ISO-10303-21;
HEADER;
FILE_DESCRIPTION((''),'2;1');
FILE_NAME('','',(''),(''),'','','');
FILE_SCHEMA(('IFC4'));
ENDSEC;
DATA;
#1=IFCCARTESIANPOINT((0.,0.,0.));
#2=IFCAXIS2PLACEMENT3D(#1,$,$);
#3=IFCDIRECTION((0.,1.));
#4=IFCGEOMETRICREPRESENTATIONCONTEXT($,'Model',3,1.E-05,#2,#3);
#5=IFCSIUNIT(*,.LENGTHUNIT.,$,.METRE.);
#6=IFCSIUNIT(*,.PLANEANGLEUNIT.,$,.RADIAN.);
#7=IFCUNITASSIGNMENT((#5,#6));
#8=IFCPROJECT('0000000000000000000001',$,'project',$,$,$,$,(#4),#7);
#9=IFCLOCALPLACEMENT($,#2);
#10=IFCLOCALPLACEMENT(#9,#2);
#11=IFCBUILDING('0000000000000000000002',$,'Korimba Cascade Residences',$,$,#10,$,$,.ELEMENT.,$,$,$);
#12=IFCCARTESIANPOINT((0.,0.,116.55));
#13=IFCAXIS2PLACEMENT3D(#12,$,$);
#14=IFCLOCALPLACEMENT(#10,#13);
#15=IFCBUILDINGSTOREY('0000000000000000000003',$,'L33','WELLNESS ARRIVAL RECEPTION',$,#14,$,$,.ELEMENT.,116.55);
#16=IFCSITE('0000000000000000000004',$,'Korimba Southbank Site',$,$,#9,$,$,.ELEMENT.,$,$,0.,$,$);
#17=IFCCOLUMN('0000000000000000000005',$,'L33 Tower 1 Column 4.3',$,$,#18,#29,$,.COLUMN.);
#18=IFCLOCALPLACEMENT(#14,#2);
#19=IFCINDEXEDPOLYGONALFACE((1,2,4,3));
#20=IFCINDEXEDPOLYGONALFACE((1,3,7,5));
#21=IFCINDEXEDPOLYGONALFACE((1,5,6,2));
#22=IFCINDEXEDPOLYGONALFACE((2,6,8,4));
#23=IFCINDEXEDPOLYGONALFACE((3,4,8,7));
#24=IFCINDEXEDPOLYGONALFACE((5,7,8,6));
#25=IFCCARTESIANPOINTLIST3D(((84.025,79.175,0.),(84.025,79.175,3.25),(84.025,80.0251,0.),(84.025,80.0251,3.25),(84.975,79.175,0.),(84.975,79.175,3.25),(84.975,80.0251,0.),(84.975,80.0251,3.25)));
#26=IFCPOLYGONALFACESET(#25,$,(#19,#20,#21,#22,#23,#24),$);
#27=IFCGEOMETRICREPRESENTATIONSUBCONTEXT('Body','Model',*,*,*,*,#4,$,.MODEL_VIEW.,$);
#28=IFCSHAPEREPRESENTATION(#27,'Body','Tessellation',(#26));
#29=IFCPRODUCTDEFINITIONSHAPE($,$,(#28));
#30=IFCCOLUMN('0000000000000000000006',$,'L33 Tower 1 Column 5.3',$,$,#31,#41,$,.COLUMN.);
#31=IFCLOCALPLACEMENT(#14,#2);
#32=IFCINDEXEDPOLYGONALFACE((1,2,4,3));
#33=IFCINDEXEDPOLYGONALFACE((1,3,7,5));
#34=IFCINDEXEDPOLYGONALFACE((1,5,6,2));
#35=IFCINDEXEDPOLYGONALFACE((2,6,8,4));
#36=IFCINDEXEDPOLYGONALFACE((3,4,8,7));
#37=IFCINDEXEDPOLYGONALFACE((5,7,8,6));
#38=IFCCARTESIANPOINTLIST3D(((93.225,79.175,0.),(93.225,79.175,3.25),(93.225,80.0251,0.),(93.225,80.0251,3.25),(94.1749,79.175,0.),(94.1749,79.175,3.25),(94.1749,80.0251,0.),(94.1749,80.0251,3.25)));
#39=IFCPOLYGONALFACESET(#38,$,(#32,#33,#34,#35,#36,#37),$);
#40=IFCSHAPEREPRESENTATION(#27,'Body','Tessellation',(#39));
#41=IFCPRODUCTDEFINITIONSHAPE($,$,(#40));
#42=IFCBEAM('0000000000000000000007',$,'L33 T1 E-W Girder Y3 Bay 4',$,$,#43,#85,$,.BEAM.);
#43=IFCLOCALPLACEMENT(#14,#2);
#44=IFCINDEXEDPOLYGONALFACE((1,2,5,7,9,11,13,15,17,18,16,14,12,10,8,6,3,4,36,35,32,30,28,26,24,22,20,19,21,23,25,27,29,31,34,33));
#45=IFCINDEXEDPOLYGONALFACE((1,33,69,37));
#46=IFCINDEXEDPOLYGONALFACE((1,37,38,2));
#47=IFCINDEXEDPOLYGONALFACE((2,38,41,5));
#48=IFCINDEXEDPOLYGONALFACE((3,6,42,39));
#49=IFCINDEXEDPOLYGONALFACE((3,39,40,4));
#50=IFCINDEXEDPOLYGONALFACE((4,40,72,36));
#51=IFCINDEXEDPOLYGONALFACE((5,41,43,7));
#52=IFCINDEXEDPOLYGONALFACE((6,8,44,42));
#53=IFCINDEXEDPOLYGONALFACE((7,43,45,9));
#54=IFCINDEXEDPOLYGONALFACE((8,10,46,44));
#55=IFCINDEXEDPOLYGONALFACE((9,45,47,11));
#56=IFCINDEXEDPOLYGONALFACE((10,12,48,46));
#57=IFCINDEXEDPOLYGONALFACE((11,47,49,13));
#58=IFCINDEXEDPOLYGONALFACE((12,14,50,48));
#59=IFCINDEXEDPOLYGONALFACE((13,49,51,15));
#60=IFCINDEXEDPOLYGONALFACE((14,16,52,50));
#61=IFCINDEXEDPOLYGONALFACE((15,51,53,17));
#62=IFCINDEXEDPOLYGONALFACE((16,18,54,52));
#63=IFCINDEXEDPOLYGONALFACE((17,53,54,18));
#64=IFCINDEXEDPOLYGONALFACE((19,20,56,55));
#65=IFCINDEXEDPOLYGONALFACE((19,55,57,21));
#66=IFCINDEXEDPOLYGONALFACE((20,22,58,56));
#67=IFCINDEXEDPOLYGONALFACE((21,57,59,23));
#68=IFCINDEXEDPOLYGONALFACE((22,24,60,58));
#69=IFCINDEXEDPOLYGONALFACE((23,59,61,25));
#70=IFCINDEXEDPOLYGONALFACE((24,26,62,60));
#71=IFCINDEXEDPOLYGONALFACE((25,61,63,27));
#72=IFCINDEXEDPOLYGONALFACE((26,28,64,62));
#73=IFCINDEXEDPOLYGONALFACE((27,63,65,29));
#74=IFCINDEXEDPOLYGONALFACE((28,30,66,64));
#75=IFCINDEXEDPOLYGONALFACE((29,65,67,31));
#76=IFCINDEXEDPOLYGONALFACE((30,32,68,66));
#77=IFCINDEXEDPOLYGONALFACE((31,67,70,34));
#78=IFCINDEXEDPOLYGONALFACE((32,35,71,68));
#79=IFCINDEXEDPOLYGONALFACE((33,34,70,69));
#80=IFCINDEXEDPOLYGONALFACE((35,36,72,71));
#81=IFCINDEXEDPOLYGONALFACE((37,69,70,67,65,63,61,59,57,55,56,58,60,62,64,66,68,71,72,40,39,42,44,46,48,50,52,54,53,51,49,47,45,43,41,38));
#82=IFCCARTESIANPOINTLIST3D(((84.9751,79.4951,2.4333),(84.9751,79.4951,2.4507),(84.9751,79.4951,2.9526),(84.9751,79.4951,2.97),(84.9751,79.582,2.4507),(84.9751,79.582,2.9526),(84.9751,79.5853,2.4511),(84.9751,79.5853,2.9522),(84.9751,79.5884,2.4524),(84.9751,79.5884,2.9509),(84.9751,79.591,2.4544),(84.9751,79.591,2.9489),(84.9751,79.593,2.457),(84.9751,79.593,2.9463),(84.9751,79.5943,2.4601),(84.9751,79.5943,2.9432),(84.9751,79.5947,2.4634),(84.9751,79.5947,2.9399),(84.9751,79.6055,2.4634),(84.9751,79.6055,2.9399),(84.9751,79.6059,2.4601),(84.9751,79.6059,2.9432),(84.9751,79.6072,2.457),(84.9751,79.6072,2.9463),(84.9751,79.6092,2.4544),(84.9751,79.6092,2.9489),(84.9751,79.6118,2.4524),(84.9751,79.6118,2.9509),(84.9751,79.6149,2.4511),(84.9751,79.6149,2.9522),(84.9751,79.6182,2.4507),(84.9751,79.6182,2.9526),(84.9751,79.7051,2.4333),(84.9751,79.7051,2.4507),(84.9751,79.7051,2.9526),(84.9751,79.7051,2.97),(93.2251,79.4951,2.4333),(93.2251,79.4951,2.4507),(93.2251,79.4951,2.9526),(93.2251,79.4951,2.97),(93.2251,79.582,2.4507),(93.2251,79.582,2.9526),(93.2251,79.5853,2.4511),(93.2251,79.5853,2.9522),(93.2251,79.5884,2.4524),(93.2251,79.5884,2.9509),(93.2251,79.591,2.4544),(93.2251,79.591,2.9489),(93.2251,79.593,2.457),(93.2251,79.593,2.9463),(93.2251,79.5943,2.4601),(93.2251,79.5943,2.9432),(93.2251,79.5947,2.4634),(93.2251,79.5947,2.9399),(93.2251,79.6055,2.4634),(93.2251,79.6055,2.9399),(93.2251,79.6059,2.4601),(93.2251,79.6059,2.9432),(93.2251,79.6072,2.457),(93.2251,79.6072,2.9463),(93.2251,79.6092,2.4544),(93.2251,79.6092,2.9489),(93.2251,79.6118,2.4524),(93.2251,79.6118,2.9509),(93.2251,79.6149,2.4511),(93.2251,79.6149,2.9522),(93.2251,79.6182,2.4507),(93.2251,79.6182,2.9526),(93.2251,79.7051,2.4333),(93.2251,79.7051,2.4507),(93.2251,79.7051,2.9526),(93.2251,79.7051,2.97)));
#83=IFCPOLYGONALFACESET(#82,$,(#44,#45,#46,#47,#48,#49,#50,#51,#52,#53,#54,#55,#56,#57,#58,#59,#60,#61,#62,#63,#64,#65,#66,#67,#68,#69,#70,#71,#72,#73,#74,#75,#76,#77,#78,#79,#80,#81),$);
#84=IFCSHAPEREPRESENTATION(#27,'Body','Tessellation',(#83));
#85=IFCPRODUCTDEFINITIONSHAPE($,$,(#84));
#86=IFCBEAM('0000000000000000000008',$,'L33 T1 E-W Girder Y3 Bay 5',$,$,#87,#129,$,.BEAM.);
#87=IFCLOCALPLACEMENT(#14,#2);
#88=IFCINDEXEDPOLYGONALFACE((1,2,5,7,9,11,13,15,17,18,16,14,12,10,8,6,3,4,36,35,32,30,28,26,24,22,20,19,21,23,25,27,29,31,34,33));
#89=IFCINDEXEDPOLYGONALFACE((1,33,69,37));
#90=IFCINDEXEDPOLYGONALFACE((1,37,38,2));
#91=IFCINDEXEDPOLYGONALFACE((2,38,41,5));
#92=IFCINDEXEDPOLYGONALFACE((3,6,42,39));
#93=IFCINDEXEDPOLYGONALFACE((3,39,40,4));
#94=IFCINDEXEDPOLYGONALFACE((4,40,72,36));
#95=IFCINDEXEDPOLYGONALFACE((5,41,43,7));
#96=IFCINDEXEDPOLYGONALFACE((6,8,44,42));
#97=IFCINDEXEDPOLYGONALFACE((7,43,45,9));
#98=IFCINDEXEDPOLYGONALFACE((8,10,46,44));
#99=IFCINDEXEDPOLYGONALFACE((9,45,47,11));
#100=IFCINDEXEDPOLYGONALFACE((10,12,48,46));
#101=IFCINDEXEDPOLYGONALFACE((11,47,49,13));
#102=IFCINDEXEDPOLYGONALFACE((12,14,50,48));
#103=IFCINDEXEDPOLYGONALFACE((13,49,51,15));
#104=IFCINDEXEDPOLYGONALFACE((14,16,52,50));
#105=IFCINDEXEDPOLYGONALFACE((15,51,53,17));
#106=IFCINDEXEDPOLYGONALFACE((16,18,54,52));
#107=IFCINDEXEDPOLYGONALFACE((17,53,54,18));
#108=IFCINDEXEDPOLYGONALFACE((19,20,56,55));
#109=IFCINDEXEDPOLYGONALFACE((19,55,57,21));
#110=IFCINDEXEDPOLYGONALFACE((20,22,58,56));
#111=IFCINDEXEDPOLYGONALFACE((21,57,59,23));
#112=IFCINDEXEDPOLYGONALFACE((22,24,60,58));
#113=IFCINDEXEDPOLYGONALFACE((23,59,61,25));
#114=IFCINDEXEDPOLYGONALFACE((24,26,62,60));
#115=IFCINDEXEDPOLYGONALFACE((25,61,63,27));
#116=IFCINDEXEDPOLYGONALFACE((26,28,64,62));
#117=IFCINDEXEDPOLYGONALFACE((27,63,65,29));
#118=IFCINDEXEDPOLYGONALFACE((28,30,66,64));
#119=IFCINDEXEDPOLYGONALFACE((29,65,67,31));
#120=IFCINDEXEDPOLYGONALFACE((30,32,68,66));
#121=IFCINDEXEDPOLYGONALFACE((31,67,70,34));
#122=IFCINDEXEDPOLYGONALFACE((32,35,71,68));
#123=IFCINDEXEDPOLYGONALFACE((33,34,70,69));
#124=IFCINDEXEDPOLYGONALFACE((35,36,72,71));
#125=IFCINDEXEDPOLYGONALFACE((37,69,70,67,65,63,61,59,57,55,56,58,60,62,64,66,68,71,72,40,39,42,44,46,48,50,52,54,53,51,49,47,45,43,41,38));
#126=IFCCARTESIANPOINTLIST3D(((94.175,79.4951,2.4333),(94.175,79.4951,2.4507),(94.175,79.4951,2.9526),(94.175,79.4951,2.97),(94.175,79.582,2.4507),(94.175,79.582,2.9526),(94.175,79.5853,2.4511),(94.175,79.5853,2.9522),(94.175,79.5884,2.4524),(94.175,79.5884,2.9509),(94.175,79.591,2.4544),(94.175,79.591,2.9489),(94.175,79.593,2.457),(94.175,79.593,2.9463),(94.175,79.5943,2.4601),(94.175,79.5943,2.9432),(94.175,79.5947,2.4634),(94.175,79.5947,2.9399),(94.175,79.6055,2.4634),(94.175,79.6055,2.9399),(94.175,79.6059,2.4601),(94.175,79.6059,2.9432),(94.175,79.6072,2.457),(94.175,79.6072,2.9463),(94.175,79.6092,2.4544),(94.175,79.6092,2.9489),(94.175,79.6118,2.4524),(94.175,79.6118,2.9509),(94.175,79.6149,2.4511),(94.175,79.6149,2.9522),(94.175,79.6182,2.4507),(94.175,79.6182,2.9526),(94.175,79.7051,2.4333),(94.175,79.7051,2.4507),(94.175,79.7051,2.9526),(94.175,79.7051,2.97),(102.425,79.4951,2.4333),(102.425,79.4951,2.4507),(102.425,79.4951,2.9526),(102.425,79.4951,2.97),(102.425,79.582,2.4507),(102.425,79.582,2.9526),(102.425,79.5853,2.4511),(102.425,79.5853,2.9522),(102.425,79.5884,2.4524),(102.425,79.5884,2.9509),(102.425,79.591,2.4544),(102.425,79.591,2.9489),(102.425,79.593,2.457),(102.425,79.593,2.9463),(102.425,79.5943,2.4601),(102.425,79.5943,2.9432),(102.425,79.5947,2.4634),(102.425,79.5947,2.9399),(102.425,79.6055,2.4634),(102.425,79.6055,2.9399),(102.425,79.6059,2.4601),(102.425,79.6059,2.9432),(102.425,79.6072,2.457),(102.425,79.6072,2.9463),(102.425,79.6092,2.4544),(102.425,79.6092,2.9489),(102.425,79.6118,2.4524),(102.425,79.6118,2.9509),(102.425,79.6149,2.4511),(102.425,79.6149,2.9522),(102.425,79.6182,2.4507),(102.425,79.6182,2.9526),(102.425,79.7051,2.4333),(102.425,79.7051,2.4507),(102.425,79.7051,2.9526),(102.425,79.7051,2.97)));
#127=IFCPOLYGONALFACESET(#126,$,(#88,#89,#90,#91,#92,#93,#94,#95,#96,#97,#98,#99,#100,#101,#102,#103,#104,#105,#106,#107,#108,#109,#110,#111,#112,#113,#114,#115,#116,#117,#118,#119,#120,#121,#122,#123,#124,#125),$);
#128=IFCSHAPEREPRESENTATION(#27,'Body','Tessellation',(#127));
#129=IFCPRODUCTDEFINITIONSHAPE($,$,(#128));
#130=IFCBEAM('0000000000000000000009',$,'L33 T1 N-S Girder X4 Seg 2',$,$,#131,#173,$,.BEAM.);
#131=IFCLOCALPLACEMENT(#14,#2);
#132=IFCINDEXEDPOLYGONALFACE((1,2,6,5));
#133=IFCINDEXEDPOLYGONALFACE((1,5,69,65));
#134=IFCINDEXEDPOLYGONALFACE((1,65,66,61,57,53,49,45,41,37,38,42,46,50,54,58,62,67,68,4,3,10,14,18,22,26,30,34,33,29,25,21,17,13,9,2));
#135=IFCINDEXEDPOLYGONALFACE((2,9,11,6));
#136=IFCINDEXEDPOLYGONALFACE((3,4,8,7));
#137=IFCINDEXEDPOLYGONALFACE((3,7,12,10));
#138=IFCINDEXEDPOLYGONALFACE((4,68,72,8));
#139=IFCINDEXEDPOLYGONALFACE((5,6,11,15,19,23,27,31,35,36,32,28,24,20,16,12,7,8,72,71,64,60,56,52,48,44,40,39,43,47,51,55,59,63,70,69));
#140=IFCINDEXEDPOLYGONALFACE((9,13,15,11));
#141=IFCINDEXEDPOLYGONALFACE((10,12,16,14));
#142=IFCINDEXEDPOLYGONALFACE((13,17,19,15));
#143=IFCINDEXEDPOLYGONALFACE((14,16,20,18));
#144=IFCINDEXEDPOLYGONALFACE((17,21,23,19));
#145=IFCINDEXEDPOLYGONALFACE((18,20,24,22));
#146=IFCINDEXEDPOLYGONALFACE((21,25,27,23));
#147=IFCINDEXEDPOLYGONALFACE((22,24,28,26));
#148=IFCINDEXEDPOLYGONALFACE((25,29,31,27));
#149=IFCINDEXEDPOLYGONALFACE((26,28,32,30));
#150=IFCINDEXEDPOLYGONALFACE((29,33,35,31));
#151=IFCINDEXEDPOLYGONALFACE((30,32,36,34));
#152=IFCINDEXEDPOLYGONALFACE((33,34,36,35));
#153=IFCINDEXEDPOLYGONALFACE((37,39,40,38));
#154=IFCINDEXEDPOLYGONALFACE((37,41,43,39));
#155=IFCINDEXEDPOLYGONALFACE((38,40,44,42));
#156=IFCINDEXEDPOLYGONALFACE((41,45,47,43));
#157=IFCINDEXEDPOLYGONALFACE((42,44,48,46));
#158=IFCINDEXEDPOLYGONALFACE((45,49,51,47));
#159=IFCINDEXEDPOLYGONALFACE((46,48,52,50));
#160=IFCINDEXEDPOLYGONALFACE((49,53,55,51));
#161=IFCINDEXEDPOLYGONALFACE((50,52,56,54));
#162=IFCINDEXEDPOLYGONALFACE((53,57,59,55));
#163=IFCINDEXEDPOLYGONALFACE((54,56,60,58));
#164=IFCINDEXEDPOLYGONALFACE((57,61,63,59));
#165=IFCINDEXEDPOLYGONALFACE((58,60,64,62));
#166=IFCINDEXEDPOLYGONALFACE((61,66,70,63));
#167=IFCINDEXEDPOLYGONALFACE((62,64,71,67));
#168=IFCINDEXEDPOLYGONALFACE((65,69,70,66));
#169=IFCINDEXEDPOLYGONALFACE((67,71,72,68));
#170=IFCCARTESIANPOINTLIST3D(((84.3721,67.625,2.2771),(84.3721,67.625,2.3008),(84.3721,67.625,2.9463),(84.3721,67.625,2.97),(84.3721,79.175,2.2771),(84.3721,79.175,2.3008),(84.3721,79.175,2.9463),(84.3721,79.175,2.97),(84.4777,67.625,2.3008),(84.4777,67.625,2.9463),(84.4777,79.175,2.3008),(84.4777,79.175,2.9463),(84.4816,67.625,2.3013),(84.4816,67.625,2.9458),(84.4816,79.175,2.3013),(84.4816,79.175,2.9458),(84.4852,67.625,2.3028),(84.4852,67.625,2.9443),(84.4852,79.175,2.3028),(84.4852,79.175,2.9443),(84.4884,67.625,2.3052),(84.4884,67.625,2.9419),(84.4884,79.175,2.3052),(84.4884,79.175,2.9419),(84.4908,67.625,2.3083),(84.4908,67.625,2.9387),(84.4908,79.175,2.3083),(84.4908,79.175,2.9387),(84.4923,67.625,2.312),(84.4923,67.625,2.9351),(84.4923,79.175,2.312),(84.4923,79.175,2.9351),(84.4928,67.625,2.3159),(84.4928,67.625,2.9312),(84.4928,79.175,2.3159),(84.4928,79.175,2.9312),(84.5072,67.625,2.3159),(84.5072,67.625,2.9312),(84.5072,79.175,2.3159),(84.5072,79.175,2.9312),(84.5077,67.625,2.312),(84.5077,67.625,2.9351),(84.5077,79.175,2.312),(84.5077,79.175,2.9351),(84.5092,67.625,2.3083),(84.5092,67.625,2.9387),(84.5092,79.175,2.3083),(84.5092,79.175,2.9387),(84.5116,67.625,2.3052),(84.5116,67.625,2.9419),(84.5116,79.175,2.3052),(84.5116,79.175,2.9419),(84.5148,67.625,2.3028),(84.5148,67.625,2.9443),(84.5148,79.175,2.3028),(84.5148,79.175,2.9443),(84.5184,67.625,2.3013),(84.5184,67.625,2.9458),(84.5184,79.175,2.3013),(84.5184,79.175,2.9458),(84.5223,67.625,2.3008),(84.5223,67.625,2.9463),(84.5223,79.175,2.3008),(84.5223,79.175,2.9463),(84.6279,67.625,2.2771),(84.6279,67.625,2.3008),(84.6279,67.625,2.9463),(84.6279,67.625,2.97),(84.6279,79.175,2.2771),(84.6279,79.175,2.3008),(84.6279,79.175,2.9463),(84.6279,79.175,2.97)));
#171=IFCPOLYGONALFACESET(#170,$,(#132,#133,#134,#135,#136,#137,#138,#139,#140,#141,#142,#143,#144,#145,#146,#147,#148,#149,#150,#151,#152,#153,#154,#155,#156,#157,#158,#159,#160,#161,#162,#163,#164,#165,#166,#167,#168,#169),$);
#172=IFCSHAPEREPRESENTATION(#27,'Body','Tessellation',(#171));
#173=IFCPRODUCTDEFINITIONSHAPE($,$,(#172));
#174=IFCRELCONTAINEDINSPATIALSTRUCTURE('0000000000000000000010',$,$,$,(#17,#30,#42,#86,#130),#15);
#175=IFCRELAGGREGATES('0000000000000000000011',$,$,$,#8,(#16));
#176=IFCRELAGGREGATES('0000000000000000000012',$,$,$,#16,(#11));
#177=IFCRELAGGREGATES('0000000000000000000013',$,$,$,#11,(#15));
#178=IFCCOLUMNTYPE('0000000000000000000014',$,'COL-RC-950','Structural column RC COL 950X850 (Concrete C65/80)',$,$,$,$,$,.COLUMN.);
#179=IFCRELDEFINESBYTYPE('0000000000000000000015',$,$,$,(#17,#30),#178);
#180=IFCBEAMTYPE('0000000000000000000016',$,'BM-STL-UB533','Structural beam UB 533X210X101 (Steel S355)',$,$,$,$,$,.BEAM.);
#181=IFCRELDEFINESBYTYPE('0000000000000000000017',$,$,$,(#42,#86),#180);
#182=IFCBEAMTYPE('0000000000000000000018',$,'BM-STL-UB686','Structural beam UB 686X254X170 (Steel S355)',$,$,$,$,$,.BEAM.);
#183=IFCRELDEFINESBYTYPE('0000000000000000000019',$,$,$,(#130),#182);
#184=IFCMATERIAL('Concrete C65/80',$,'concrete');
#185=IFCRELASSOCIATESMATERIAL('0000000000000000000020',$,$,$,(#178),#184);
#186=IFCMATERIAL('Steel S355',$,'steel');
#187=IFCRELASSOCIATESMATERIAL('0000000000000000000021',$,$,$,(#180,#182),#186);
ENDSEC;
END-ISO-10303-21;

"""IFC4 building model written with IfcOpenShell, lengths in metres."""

from ifc_helpers import new_model, si_unit, direction, frame, origin, origin_2d, place, context, subcontext, project, spatial, rectangle, i_section, extrude, material, material_profile, profile_set, type_object, element, save


model = new_model("IFC4")

# Units and contexts
model_context = context("Model", 3, precision=1e-05, world=origin(), true_north=direction((0.0, 1.0)))
body_context = subcontext(model_context, "Body", "Model", "MODEL_VIEW")
ifc_project = project(units=[si_unit("LENGTHUNIT", "METRE"), si_unit("PLANEANGLEUNIT", "RADIAN")], contexts=[model_context])

# Site, building, storey
site_placement = place(None, origin())
site = spatial("IfcSite", under=ifc_project, at=site_placement, Name="Korimba Southbank Site", CompositionType="ELEMENT", RefElevation=0.0)
building_placement = place(site_placement, origin())
building = spatial("IfcBuilding", under=site, at=building_placement, Name="Korimba Cascade Residences", CompositionType="ELEMENT")
storey_placement = place(building_placement, frame((0.0, 0.0, 116.55)))
storey = spatial("IfcBuildingStorey", under=building, at=storey_placement, Name="L33", Description="WELLNESS ARRIVAL RECEPTION", CompositionType="ELEMENT", Elevation=116.55)

# Columns
ifc_material_1 = material(Name="Concrete C65/80", Category="concrete")
ifc_material_profile_1 = material_profile(ifc_material_1, rectangle(XDim=0.95, YDim=0.8501, at=origin_2d()), Name="Concrete C65/80")
ifc_profile_set_1 = profile_set([ifc_material_profile_1], Name="Concrete C65/80")
column_type = type_object("IfcColumnType", Name="COL-RC-950", Description="Structural column RC COL 950X850 (Concrete C65/80)", PredefinedType="COLUMN", material=ifc_profile_set_1)
for number, where, z_axis, x_axis, name in (
    (1, (84.5, 79.6001, 0.0), (0.0, 0.0, 1.0), (1.0, 0.0, 0.0), "L33 Tower 1 Column 4.3"),
    (2, (93.7, 79.6001, 0.0), (0.0, 0.0, 1.0), (1.0, 0.0, 0.0), "L33 Tower 1 Column 5.3"),
):
    element("IfcColumn", number, at=place(storey_placement, frame(where, z_axis=z_axis, x_axis=x_axis)), inside=storey, type_object=column_type, Name=name, PredefinedType="COLUMN", context=body_context, shape_type="SweptSolid", body=[
        extrude(rectangle(XDim=0.95, YDim=0.8501, at=origin_2d()), origin(), (0.0, 0.0, 1.0), 3.25),
    ])

# Beams
ifc_material_2 = material(Name="Steel S355", Category="steel")
ifc_material_profile_2 = material_profile(ifc_material_2, i_section(OverallWidth=0.21, OverallDepth=0.5366, WebThickness=0.0107, FlangeThickness=0.0173, FilletRadius=0.0127, at=origin_2d()), Name="Steel S355")
ifc_profile_set_2 = profile_set([ifc_material_profile_2], Name="Steel S355")
beam_type_1 = type_object("IfcBeamType", Name="BM-STL-UB533", Description="Structural beam UB 533X210X101 (Steel S355)", PredefinedType="BEAM", material=ifc_profile_set_2)
for number, where, z_axis, x_axis, name in (
    (3, (84.9751, 79.6001, 2.7017), (1.0, 0.0, 0.0), (0.0, 1.0, 0.0), "L33 T1 E-W Girder Y3 Bay 4"),
    (4, (94.175, 79.6001, 2.7017), (1.0, 0.0, 0.0), (0.0, 1.0, 0.0), "L33 T1 E-W Girder Y3 Bay 5"),
):
    element("IfcBeam", number, at=place(storey_placement, frame(where, z_axis=z_axis, x_axis=x_axis)), inside=storey, type_object=beam_type_1, Name=name, PredefinedType="BEAM", context=body_context, shape_type="SweptSolid", body=[
        extrude(i_section(OverallWidth=0.21, OverallDepth=0.5366, WebThickness=0.0107, FlangeThickness=0.0173, FilletRadius=0.0127, at=origin_2d()), origin(), (0.0, 0.0, 1.0), 8.25),
    ])
ifc_material_profile_3 = material_profile(ifc_material_2, i_section(OverallWidth=0.2559, OverallDepth=0.6929, WebThickness=0.0144, FlangeThickness=0.0237, FilletRadius=0.0151, at=origin_2d()), Name="Steel S355")
ifc_profile_set_3 = profile_set([ifc_material_profile_3], Name="Steel S355")
beam_type_2 = type_object("IfcBeamType", Name="BM-STL-UB686", Description="Structural beam UB 686X254X170 (Steel S355)", PredefinedType="BEAM", material=ifc_profile_set_3)
beam_1_placement = place(storey_placement, frame((84.5, 67.625, 2.6235), z_axis=(0.0, 1.0, 0.0), x_axis=(-1.0, 0.0, 0.0)))
element("IfcBeam", 5, at=beam_1_placement, inside=storey, type_object=beam_type_2, Name="L33 T1 N-S Girder X4 Seg 2", PredefinedType="BEAM", context=body_context, shape_type="SweptSolid", body=[
    extrude(i_section(OverallWidth=0.2559, OverallDepth=0.6929, WebThickness=0.0144, FlangeThickness=0.0237, FilletRadius=0.0151, at=origin_2d()), origin(), (0.0, 0.0, 1.0), 11.55),
])

save(model, "model.ifc")
